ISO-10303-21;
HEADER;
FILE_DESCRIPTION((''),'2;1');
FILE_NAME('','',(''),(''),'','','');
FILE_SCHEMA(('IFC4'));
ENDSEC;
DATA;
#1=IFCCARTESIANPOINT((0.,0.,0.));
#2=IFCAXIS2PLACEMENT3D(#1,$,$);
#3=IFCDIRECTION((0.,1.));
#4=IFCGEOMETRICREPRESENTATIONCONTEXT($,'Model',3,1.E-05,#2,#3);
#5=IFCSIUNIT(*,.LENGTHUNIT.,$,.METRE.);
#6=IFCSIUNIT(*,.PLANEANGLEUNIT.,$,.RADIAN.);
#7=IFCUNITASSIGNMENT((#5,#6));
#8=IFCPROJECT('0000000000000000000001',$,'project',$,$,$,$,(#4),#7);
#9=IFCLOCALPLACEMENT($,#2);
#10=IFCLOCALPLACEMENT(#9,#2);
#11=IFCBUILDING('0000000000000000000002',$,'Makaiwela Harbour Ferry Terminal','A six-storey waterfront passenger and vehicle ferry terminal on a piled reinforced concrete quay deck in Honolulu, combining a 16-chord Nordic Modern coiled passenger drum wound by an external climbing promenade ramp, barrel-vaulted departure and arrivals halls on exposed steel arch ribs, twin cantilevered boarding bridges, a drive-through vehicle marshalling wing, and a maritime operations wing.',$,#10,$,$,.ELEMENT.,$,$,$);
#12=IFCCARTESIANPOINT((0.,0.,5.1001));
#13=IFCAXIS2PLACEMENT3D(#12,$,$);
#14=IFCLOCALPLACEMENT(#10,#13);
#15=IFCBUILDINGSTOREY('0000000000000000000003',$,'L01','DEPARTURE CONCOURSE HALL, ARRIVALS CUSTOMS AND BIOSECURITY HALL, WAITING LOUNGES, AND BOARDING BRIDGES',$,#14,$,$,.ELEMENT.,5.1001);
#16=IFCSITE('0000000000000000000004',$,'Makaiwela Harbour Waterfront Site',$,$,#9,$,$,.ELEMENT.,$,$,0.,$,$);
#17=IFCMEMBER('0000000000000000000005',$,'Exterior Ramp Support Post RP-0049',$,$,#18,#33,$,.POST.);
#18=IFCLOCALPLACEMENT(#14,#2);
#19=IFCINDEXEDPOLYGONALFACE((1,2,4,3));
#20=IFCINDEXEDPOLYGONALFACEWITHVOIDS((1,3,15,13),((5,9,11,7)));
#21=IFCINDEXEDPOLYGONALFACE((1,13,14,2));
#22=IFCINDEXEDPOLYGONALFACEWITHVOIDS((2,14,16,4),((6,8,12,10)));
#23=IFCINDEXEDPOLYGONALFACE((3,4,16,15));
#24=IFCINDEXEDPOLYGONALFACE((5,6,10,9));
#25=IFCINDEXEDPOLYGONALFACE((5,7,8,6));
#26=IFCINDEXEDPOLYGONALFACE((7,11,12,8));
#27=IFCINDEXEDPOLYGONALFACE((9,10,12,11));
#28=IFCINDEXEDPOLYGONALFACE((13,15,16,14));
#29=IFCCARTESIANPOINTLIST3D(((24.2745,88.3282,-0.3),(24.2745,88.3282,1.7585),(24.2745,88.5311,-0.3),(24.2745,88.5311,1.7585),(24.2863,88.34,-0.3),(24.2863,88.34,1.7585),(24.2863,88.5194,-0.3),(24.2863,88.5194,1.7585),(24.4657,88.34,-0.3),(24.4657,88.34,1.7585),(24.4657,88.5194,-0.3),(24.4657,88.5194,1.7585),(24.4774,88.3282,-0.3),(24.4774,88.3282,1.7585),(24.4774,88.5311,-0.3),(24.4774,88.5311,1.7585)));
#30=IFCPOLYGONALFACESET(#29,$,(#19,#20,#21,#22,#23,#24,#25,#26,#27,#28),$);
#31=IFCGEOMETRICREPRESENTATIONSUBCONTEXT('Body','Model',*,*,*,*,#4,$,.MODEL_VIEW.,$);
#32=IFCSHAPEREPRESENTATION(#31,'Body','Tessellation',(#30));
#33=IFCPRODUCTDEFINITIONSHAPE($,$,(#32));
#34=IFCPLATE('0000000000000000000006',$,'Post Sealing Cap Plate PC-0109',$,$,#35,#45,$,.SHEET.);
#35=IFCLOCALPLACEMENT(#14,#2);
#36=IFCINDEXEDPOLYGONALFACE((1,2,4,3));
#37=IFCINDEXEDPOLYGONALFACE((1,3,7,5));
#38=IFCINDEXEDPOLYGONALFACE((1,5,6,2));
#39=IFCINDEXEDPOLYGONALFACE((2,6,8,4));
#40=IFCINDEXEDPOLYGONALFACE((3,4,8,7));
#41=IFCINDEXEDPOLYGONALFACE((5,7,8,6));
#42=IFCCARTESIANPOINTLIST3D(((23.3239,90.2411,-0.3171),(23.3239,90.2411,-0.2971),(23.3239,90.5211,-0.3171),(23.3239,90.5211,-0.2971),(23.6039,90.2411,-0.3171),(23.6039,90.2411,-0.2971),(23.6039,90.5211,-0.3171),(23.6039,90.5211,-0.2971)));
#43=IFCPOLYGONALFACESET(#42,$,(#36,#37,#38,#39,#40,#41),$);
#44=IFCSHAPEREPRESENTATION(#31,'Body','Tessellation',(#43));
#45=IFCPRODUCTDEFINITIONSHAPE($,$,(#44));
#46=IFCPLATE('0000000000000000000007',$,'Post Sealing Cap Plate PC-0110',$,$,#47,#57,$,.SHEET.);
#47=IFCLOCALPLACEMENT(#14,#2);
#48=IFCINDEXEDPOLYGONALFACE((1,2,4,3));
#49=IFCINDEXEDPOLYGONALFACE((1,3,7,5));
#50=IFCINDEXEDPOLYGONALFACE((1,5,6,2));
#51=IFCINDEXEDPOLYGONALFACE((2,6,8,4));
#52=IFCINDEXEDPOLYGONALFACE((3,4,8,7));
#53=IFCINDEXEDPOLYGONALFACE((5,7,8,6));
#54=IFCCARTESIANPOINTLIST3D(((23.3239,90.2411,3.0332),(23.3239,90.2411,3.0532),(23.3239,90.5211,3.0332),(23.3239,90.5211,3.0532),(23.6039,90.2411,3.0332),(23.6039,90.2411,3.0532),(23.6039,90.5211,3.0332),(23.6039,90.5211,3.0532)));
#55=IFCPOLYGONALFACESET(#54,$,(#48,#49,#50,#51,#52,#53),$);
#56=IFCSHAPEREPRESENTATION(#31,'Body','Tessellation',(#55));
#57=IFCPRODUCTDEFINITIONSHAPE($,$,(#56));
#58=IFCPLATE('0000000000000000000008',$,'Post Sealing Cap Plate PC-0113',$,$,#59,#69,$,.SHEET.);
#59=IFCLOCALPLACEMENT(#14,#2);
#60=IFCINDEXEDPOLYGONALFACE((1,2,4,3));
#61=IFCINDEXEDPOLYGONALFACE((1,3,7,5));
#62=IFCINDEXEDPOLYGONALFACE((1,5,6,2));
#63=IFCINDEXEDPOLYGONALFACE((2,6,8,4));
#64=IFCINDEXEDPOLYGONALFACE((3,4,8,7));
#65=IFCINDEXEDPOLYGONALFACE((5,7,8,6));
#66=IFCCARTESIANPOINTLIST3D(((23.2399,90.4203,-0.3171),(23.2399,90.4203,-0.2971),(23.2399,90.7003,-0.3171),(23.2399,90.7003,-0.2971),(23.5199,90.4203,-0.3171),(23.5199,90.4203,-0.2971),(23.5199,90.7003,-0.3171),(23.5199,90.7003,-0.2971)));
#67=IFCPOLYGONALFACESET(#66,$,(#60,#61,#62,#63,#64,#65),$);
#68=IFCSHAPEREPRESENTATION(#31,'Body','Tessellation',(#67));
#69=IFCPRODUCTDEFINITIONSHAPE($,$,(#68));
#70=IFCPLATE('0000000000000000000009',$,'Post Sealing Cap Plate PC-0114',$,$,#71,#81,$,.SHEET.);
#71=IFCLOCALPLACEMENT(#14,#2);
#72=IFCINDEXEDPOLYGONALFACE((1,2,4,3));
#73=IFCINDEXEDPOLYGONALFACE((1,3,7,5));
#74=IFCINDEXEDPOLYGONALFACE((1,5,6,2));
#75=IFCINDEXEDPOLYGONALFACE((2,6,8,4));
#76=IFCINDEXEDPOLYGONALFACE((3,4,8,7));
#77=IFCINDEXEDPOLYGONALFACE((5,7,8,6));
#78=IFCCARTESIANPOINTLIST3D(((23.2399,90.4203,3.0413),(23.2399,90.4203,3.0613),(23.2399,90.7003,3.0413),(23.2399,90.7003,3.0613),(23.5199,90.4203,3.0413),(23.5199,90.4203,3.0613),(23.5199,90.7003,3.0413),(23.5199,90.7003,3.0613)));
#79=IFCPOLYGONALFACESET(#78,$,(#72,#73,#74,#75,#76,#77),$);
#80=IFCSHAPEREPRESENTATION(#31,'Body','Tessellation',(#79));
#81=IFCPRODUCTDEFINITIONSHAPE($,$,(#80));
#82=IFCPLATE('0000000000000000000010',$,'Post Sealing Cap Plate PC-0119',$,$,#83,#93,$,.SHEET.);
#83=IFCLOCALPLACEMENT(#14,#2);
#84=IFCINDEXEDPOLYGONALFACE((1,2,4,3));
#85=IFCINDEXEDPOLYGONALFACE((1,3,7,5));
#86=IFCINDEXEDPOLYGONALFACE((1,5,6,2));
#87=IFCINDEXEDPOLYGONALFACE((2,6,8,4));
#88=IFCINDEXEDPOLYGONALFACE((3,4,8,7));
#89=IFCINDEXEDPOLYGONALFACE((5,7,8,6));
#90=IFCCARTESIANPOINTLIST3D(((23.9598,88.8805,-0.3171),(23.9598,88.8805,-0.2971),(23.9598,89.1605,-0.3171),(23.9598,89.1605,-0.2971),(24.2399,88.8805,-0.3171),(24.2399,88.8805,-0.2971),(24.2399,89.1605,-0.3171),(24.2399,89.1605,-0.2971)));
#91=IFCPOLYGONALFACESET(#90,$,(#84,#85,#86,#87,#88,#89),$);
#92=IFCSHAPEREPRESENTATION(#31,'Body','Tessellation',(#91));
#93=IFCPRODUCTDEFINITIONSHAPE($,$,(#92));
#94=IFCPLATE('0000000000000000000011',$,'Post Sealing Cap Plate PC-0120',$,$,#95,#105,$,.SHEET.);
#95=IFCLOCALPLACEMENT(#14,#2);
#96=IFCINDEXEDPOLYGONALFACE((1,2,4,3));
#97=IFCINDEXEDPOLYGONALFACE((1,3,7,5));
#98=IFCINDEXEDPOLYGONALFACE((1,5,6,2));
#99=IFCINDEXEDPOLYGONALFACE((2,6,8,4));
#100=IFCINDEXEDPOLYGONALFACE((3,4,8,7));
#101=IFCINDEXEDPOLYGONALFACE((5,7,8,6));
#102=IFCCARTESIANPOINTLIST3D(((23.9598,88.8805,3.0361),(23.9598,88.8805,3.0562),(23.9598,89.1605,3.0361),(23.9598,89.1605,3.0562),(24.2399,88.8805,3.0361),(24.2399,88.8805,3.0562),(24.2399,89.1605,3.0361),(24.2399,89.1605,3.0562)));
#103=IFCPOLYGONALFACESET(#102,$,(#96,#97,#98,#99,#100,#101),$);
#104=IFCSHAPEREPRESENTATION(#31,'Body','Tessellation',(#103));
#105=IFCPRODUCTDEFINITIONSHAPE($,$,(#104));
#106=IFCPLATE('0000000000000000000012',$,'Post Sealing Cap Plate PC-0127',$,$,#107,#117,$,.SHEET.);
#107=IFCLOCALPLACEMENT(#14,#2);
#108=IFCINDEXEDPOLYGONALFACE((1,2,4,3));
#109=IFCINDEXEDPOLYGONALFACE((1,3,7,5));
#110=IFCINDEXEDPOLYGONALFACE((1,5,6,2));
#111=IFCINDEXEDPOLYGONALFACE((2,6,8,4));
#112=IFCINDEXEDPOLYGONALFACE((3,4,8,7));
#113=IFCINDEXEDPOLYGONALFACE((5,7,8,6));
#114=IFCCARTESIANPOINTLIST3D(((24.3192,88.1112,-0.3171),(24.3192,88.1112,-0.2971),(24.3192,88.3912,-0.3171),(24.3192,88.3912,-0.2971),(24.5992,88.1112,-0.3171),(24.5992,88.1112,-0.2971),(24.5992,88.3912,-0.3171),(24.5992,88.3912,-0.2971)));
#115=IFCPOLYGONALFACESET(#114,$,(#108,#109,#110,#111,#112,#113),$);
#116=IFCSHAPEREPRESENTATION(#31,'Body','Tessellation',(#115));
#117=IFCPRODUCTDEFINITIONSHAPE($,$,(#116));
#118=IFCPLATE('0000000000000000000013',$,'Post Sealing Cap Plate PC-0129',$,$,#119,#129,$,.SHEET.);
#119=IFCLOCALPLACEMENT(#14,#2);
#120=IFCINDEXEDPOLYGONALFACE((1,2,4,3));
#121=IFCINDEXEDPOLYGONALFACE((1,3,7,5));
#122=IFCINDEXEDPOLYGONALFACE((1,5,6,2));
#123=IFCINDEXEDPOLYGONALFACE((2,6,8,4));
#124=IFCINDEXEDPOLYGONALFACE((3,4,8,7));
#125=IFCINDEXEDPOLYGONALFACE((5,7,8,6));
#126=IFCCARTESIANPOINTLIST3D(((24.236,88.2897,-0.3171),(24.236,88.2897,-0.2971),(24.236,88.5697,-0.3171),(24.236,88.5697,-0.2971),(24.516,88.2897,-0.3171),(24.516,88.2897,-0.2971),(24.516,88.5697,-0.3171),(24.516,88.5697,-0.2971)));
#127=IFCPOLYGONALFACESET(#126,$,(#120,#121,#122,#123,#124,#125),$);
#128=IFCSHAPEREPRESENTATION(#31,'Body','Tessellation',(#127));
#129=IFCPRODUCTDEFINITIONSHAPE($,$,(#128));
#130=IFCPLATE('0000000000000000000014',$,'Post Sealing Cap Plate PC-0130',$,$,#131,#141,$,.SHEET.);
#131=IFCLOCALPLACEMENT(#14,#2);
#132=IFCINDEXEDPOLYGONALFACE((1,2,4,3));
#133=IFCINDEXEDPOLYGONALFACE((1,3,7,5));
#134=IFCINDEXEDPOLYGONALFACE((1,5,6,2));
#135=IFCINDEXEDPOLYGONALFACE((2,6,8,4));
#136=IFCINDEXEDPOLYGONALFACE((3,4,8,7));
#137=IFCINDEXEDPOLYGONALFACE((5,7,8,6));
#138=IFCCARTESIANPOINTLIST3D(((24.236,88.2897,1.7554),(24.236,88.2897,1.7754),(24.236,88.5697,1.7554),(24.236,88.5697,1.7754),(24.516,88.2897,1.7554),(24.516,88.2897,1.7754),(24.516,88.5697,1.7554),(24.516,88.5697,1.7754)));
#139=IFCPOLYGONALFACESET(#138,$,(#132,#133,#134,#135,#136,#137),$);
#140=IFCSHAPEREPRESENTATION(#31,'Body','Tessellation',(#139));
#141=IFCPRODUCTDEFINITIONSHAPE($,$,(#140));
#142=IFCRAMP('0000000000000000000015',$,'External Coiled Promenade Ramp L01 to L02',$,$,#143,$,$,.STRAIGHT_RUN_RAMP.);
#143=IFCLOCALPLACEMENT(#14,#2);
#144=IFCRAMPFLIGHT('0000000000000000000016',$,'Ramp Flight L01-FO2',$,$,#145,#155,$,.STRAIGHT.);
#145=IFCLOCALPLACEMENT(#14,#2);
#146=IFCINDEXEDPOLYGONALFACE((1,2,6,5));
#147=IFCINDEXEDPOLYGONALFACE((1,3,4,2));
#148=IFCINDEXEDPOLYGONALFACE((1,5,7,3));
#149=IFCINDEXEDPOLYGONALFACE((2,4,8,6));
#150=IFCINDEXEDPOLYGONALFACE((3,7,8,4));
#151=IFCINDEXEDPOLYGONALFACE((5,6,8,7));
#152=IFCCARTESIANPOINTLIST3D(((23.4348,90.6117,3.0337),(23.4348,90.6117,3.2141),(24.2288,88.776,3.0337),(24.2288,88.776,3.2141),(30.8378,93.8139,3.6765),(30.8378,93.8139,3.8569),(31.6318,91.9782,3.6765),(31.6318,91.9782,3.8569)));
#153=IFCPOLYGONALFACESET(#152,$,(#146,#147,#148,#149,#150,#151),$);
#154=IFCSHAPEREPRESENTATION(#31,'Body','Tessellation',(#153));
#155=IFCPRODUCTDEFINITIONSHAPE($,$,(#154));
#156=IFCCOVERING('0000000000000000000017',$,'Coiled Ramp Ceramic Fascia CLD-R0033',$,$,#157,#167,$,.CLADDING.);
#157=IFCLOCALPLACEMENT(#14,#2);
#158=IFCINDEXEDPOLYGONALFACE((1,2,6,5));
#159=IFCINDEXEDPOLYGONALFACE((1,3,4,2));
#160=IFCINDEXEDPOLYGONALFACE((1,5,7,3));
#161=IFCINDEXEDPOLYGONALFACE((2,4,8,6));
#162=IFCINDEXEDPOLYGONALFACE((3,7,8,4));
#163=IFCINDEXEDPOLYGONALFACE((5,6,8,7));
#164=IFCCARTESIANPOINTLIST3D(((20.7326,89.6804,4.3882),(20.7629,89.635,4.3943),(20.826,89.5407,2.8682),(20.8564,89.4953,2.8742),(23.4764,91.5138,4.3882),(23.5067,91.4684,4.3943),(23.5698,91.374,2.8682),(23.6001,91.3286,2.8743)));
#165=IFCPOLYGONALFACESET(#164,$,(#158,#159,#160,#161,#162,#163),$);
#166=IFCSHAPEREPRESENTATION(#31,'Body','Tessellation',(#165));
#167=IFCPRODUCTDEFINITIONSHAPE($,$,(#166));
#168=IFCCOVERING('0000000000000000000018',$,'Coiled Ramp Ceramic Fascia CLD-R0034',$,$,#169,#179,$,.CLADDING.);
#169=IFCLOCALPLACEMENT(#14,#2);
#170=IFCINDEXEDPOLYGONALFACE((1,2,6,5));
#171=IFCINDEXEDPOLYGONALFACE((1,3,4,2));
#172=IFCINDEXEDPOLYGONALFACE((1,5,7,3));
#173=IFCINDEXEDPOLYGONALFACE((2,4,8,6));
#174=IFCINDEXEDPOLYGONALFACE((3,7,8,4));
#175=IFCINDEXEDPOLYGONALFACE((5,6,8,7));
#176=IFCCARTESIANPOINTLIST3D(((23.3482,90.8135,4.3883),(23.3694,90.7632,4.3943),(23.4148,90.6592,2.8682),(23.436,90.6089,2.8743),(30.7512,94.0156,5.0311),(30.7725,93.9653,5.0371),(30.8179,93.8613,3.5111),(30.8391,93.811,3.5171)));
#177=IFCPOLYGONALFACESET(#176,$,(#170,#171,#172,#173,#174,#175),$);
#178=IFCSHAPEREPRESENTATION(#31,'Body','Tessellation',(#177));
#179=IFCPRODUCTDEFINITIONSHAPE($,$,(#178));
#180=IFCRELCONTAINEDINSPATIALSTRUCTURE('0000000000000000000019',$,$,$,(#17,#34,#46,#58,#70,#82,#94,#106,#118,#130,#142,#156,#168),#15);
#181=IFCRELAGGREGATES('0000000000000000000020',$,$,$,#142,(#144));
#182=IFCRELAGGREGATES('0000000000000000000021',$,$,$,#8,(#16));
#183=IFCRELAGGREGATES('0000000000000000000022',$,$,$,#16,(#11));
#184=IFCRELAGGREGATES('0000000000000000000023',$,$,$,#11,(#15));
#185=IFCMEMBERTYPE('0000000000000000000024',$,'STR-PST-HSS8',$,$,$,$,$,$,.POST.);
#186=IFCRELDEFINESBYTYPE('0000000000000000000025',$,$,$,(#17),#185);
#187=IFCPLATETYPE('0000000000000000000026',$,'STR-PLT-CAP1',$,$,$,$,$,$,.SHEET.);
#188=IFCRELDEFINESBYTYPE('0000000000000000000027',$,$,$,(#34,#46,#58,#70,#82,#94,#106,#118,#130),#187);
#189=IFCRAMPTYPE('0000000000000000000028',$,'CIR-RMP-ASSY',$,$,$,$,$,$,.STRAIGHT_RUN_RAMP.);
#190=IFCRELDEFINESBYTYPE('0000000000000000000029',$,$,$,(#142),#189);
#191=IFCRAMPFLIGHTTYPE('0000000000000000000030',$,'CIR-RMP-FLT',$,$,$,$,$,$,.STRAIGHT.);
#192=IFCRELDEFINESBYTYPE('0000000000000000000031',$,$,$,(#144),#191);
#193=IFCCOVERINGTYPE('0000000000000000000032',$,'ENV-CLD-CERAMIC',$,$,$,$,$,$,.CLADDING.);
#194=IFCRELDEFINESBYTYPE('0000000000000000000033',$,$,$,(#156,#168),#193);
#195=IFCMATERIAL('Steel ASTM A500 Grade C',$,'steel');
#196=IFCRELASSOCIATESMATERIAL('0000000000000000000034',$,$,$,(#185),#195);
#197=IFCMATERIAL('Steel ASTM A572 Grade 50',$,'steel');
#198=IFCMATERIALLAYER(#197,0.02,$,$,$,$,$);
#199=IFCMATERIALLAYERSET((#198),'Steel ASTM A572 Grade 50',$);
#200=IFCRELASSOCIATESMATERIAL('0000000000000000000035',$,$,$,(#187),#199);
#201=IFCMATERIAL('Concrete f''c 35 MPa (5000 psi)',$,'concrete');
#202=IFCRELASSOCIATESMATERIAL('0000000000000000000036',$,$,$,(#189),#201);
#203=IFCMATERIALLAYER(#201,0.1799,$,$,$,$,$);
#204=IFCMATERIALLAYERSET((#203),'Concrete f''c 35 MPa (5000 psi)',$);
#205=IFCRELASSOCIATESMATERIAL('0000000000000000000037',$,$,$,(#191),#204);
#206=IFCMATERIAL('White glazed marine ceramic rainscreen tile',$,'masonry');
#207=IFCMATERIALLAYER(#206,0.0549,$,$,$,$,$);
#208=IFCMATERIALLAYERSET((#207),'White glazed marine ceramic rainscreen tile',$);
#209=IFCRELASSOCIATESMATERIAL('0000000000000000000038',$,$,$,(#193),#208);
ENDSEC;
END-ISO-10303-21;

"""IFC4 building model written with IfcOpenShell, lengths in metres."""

from ifc_helpers import new_model, si_unit, direction, frame, origin, origin_2d, place, context, subcontext, project, spatial, polyline, rectangle, hollow_rectangle, outline, extrude, material, layer, layer_set, material_profile, profile_set, type_object, element, aggregate, save


model = new_model("IFC4")

# Units and contexts
model_context = context("Model", 3, precision=1e-05, world=origin(), true_north=direction((0.0, 1.0)))
body_context = subcontext(model_context, "Body", "Model", "MODEL_VIEW")
ifc_project = project(units=[si_unit("LENGTHUNIT", "METRE"), si_unit("PLANEANGLEUNIT", "RADIAN")], contexts=[model_context])

# Site, building, storey
site_placement = place(None, origin())
site = spatial("IfcSite", under=ifc_project, at=site_placement, Name="Makaiwela Harbour Waterfront Site", CompositionType="ELEMENT", RefElevation=0.0)
building_placement = place(site_placement, origin())
building = spatial("IfcBuilding", under=site, at=building_placement, Name="Makaiwela Harbour Ferry Terminal", Description="A six-storey waterfront passenger and vehicle ferry terminal on a piled reinforced concrete quay deck in Honolulu, combining a 16-chord Nordic Modern coiled passenger drum wound by an external climbing promenade ramp, barrel-vaulted departure and arrivals halls on exposed steel arch ribs, twin cantilevered boarding bridges, a drive-through vehicle marshalling wing, and a maritime operations wing.", CompositionType="ELEMENT")
storey_placement = place(building_placement, frame((0.0, 0.0, 5.1001)))
storey = spatial("IfcBuildingStorey", under=building, at=storey_placement, Name="L01", Description="DEPARTURE CONCOURSE HALL, ARRIVALS CUSTOMS AND BIOSECURITY HALL, WAITING LOUNGES, AND BOARDING BRIDGES", CompositionType="ELEMENT", Elevation=5.1001)

# Member
ifc_material_1 = material(Name="Steel ASTM A500 Grade C", Category="steel")
ifc_material_profile_1 = material_profile(ifc_material_1, hollow_rectangle(XDim=0.2029, YDim=0.2029, WallThickness=0.0117, at=origin_2d()), Name="HSS8X8X1/2")
ifc_profile_set_1 = profile_set([ifc_material_profile_1], Name="Steel ASTM A500 Grade C")
member_type = type_object("IfcMemberType", Name="STR-PST-HSS8", PredefinedType="POST", material=ifc_profile_set_1)
member_1_placement = place(storey_placement, frame((24.376, 88.4297, -0.3), z_axis=(0.0, 0.0, 1.0), x_axis=(1.0, 0.0, 0.0)))
element("IfcMember", 1, at=member_1_placement, inside=storey, type_object=member_type, Name="Exterior Ramp Support Post RP-0049", PredefinedType="POST", context=body_context, shape_type="SweptSolid", body=[
    extrude(hollow_rectangle(XDim=0.2029, YDim=0.2029, WallThickness=0.0117, at=origin_2d()), origin(), (0.0, 0.0, 1.0), 2.0586),
])

# Plates
ifc_material_2 = material(Name="Steel ASTM A572 Grade 50", Category="steel")
ifc_layer_1 = layer(ifc_material_2, 0.02)
ifc_layer_set_1 = layer_set([ifc_layer_1], Name="Steel ASTM A572 Grade 50")
plate_type = type_object("IfcPlateType", Name="STR-PLT-CAP1", PredefinedType="SHEET", material=ifc_layer_set_1)
for number, where, z_axis, x_axis, name in (
    (2, (23.4639, 90.3811, -0.3171), (0.0, 0.0, 1.0), (1.0, 0.0, 0.0), "Post Sealing Cap Plate PC-0109"),
    (3, (23.4639, 90.3811, 3.0332), (0.0, 0.0, 1.0), (1.0, 0.0, 0.0), "Post Sealing Cap Plate PC-0110"),
    (4, (23.3799, 90.5603, -0.3171), (0.0, 0.0, 1.0), (1.0, 0.0, 0.0), "Post Sealing Cap Plate PC-0113"),
    (5, (23.3799, 90.5603, 3.0413), (0.0, 0.0, 1.0), (1.0, 0.0, 0.0), "Post Sealing Cap Plate PC-0114"),
    (6, (24.0999, 89.0205, -0.3171), (0.0, 0.0, 1.0), (1.0, 0.0, 0.0), "Post Sealing Cap Plate PC-0119"),
    (7, (24.0999, 89.0205, 3.0361), (0.0, 0.0, 1.0), (1.0, 0.0, 0.0), "Post Sealing Cap Plate PC-0120"),
    (8, (24.4592, 88.2512, -0.3171), (0.0, 0.0, 1.0), (1.0, 0.0, 0.0), "Post Sealing Cap Plate PC-0127"),
    (9, (24.376, 88.4297, -0.3171), (0.0, 0.0, 1.0), (1.0, 0.0, 0.0), "Post Sealing Cap Plate PC-0129"),
    (10, (24.376, 88.4297, 1.7554), (0.0, 0.0, 1.0), (1.0, 0.0, 0.0), "Post Sealing Cap Plate PC-0130"),
):
    element("IfcPlate", number, at=place(storey_placement, frame(where, z_axis=z_axis, x_axis=x_axis)), inside=storey, type_object=plate_type, Name=name, PredefinedType="SHEET", context=body_context, shape_type="SweptSolid", body=[
        extrude(rectangle(XDim=0.28, YDim=0.28, at=origin_2d()), origin(), (0.0, 0.0, 1.0), 0.02),
    ])

# Ramp, ramp flight
ifc_material_3 = material(Name="Concrete f'c 35 MPa (5000 psi)", Category="concrete")
ramp_type = type_object("IfcRampType", Name="CIR-RMP-ASSY", PredefinedType="STRAIGHT_RUN_RAMP", material=ifc_material_3)
ramp_placement = place(storey_placement, origin())
ramp = element("IfcRamp", 11, at=ramp_placement, inside=storey, type_object=ramp_type, Name="External Coiled Promenade Ramp L01 to L02", PredefinedType="STRAIGHT_RUN_RAMP")
ifc_layer_2 = layer(ifc_material_3, 0.1799)
ifc_layer_set_2 = layer_set([ifc_layer_2], Name="Concrete f'c 35 MPa (5000 psi)")
ramp_flight_type = type_object("IfcRampFlightType", Name="CIR-RMP-FLT", PredefinedType="STRAIGHT", material=ifc_layer_set_2)
ramp_flight_placement = place(storey_placement, frame((23.8318, 89.6938, 3.2141), z_axis=(0.0, 0.0, 1.0), x_axis=(0.917817, 0.397004, 0.0)))
ramp_flight = element("IfcRampFlight", 12, at=ramp_flight_placement, type_object=ramp_flight_type, Name="Ramp Flight L01-FO2", PredefinedType="STRAIGHT", context=body_context, shape_type="SweptSolid", body=[
    extrude(outline(polyline([(0.0, 0.0), (8.0659, 0.6428), (8.0659, 0.4624), (0.0, -0.1804), (0.0, 0.0)])), frame((0.0, 1.0, 0.0), z_axis=(0.0, -1.0, 0.0), x_axis=(1.0, 0.0, 0.0)), (0.0, 0.0, 1.0), 2.0),
])
aggregate(ramp, [ramp_flight])

# Coverings
ifc_material_4 = material(Name="White glazed marine ceramic rainscreen tile", Category="masonry")
ifc_layer_3 = layer(ifc_material_4, 0.0549)
ifc_layer_set_3 = layer_set([ifc_layer_3], Name="White glazed marine ceramic rainscreen tile")
covering_type = type_object("IfcCoveringType", Name="ENV-CLD-CERAMIC", PredefinedType="CLADDING", material=ifc_layer_set_3)
covering_1_placement = place(storey_placement, frame((23.6001, 91.3286, 2.8743), z_axis=(0.552213, -0.826426, 0.109918), x_axis=(-0.831463, -0.55558, -0.000006)))
element("IfcCovering", 13, at=covering_1_placement, inside=storey, type_object=covering_type, Name="Coiled Ramp Ceramic Fascia CLD-R0033", PredefinedType="CLADDING", context=body_context, shape_type="SweptSolid", body=[
    extrude(outline(polyline([(0.0, 0.0), (3.2999, 0.0), (3.2999, -1.5293), (-0.0001, -1.5293), (0.0, 0.0)])), origin(), (0.0, 0.0, -1.0), 0.0549),
])
covering_2_placement = place(storey_placement, frame((23.436, 90.6089, 2.8743), z_axis=(0.386538, -0.915702, 0.109902), x_axis=(0.914919, 0.395742, 0.079444)))
element("IfcCovering", 14, at=covering_2_placement, inside=storey, type_object=covering_type, Name="Coiled Ramp Ceramic Fascia CLD-R0034", PredefinedType="CLADDING", context=body_context, shape_type="SweptSolid", body=[
    extrude(outline(polyline([(0.0, 0.0), (8.0915, 0.0), (8.2123, 1.5245), (0.1208, 1.5245), (0.0, 0.0)])), origin(), (0.0, 0.0, -1.0), 0.0549),
])

save(model, "model.ifc")
